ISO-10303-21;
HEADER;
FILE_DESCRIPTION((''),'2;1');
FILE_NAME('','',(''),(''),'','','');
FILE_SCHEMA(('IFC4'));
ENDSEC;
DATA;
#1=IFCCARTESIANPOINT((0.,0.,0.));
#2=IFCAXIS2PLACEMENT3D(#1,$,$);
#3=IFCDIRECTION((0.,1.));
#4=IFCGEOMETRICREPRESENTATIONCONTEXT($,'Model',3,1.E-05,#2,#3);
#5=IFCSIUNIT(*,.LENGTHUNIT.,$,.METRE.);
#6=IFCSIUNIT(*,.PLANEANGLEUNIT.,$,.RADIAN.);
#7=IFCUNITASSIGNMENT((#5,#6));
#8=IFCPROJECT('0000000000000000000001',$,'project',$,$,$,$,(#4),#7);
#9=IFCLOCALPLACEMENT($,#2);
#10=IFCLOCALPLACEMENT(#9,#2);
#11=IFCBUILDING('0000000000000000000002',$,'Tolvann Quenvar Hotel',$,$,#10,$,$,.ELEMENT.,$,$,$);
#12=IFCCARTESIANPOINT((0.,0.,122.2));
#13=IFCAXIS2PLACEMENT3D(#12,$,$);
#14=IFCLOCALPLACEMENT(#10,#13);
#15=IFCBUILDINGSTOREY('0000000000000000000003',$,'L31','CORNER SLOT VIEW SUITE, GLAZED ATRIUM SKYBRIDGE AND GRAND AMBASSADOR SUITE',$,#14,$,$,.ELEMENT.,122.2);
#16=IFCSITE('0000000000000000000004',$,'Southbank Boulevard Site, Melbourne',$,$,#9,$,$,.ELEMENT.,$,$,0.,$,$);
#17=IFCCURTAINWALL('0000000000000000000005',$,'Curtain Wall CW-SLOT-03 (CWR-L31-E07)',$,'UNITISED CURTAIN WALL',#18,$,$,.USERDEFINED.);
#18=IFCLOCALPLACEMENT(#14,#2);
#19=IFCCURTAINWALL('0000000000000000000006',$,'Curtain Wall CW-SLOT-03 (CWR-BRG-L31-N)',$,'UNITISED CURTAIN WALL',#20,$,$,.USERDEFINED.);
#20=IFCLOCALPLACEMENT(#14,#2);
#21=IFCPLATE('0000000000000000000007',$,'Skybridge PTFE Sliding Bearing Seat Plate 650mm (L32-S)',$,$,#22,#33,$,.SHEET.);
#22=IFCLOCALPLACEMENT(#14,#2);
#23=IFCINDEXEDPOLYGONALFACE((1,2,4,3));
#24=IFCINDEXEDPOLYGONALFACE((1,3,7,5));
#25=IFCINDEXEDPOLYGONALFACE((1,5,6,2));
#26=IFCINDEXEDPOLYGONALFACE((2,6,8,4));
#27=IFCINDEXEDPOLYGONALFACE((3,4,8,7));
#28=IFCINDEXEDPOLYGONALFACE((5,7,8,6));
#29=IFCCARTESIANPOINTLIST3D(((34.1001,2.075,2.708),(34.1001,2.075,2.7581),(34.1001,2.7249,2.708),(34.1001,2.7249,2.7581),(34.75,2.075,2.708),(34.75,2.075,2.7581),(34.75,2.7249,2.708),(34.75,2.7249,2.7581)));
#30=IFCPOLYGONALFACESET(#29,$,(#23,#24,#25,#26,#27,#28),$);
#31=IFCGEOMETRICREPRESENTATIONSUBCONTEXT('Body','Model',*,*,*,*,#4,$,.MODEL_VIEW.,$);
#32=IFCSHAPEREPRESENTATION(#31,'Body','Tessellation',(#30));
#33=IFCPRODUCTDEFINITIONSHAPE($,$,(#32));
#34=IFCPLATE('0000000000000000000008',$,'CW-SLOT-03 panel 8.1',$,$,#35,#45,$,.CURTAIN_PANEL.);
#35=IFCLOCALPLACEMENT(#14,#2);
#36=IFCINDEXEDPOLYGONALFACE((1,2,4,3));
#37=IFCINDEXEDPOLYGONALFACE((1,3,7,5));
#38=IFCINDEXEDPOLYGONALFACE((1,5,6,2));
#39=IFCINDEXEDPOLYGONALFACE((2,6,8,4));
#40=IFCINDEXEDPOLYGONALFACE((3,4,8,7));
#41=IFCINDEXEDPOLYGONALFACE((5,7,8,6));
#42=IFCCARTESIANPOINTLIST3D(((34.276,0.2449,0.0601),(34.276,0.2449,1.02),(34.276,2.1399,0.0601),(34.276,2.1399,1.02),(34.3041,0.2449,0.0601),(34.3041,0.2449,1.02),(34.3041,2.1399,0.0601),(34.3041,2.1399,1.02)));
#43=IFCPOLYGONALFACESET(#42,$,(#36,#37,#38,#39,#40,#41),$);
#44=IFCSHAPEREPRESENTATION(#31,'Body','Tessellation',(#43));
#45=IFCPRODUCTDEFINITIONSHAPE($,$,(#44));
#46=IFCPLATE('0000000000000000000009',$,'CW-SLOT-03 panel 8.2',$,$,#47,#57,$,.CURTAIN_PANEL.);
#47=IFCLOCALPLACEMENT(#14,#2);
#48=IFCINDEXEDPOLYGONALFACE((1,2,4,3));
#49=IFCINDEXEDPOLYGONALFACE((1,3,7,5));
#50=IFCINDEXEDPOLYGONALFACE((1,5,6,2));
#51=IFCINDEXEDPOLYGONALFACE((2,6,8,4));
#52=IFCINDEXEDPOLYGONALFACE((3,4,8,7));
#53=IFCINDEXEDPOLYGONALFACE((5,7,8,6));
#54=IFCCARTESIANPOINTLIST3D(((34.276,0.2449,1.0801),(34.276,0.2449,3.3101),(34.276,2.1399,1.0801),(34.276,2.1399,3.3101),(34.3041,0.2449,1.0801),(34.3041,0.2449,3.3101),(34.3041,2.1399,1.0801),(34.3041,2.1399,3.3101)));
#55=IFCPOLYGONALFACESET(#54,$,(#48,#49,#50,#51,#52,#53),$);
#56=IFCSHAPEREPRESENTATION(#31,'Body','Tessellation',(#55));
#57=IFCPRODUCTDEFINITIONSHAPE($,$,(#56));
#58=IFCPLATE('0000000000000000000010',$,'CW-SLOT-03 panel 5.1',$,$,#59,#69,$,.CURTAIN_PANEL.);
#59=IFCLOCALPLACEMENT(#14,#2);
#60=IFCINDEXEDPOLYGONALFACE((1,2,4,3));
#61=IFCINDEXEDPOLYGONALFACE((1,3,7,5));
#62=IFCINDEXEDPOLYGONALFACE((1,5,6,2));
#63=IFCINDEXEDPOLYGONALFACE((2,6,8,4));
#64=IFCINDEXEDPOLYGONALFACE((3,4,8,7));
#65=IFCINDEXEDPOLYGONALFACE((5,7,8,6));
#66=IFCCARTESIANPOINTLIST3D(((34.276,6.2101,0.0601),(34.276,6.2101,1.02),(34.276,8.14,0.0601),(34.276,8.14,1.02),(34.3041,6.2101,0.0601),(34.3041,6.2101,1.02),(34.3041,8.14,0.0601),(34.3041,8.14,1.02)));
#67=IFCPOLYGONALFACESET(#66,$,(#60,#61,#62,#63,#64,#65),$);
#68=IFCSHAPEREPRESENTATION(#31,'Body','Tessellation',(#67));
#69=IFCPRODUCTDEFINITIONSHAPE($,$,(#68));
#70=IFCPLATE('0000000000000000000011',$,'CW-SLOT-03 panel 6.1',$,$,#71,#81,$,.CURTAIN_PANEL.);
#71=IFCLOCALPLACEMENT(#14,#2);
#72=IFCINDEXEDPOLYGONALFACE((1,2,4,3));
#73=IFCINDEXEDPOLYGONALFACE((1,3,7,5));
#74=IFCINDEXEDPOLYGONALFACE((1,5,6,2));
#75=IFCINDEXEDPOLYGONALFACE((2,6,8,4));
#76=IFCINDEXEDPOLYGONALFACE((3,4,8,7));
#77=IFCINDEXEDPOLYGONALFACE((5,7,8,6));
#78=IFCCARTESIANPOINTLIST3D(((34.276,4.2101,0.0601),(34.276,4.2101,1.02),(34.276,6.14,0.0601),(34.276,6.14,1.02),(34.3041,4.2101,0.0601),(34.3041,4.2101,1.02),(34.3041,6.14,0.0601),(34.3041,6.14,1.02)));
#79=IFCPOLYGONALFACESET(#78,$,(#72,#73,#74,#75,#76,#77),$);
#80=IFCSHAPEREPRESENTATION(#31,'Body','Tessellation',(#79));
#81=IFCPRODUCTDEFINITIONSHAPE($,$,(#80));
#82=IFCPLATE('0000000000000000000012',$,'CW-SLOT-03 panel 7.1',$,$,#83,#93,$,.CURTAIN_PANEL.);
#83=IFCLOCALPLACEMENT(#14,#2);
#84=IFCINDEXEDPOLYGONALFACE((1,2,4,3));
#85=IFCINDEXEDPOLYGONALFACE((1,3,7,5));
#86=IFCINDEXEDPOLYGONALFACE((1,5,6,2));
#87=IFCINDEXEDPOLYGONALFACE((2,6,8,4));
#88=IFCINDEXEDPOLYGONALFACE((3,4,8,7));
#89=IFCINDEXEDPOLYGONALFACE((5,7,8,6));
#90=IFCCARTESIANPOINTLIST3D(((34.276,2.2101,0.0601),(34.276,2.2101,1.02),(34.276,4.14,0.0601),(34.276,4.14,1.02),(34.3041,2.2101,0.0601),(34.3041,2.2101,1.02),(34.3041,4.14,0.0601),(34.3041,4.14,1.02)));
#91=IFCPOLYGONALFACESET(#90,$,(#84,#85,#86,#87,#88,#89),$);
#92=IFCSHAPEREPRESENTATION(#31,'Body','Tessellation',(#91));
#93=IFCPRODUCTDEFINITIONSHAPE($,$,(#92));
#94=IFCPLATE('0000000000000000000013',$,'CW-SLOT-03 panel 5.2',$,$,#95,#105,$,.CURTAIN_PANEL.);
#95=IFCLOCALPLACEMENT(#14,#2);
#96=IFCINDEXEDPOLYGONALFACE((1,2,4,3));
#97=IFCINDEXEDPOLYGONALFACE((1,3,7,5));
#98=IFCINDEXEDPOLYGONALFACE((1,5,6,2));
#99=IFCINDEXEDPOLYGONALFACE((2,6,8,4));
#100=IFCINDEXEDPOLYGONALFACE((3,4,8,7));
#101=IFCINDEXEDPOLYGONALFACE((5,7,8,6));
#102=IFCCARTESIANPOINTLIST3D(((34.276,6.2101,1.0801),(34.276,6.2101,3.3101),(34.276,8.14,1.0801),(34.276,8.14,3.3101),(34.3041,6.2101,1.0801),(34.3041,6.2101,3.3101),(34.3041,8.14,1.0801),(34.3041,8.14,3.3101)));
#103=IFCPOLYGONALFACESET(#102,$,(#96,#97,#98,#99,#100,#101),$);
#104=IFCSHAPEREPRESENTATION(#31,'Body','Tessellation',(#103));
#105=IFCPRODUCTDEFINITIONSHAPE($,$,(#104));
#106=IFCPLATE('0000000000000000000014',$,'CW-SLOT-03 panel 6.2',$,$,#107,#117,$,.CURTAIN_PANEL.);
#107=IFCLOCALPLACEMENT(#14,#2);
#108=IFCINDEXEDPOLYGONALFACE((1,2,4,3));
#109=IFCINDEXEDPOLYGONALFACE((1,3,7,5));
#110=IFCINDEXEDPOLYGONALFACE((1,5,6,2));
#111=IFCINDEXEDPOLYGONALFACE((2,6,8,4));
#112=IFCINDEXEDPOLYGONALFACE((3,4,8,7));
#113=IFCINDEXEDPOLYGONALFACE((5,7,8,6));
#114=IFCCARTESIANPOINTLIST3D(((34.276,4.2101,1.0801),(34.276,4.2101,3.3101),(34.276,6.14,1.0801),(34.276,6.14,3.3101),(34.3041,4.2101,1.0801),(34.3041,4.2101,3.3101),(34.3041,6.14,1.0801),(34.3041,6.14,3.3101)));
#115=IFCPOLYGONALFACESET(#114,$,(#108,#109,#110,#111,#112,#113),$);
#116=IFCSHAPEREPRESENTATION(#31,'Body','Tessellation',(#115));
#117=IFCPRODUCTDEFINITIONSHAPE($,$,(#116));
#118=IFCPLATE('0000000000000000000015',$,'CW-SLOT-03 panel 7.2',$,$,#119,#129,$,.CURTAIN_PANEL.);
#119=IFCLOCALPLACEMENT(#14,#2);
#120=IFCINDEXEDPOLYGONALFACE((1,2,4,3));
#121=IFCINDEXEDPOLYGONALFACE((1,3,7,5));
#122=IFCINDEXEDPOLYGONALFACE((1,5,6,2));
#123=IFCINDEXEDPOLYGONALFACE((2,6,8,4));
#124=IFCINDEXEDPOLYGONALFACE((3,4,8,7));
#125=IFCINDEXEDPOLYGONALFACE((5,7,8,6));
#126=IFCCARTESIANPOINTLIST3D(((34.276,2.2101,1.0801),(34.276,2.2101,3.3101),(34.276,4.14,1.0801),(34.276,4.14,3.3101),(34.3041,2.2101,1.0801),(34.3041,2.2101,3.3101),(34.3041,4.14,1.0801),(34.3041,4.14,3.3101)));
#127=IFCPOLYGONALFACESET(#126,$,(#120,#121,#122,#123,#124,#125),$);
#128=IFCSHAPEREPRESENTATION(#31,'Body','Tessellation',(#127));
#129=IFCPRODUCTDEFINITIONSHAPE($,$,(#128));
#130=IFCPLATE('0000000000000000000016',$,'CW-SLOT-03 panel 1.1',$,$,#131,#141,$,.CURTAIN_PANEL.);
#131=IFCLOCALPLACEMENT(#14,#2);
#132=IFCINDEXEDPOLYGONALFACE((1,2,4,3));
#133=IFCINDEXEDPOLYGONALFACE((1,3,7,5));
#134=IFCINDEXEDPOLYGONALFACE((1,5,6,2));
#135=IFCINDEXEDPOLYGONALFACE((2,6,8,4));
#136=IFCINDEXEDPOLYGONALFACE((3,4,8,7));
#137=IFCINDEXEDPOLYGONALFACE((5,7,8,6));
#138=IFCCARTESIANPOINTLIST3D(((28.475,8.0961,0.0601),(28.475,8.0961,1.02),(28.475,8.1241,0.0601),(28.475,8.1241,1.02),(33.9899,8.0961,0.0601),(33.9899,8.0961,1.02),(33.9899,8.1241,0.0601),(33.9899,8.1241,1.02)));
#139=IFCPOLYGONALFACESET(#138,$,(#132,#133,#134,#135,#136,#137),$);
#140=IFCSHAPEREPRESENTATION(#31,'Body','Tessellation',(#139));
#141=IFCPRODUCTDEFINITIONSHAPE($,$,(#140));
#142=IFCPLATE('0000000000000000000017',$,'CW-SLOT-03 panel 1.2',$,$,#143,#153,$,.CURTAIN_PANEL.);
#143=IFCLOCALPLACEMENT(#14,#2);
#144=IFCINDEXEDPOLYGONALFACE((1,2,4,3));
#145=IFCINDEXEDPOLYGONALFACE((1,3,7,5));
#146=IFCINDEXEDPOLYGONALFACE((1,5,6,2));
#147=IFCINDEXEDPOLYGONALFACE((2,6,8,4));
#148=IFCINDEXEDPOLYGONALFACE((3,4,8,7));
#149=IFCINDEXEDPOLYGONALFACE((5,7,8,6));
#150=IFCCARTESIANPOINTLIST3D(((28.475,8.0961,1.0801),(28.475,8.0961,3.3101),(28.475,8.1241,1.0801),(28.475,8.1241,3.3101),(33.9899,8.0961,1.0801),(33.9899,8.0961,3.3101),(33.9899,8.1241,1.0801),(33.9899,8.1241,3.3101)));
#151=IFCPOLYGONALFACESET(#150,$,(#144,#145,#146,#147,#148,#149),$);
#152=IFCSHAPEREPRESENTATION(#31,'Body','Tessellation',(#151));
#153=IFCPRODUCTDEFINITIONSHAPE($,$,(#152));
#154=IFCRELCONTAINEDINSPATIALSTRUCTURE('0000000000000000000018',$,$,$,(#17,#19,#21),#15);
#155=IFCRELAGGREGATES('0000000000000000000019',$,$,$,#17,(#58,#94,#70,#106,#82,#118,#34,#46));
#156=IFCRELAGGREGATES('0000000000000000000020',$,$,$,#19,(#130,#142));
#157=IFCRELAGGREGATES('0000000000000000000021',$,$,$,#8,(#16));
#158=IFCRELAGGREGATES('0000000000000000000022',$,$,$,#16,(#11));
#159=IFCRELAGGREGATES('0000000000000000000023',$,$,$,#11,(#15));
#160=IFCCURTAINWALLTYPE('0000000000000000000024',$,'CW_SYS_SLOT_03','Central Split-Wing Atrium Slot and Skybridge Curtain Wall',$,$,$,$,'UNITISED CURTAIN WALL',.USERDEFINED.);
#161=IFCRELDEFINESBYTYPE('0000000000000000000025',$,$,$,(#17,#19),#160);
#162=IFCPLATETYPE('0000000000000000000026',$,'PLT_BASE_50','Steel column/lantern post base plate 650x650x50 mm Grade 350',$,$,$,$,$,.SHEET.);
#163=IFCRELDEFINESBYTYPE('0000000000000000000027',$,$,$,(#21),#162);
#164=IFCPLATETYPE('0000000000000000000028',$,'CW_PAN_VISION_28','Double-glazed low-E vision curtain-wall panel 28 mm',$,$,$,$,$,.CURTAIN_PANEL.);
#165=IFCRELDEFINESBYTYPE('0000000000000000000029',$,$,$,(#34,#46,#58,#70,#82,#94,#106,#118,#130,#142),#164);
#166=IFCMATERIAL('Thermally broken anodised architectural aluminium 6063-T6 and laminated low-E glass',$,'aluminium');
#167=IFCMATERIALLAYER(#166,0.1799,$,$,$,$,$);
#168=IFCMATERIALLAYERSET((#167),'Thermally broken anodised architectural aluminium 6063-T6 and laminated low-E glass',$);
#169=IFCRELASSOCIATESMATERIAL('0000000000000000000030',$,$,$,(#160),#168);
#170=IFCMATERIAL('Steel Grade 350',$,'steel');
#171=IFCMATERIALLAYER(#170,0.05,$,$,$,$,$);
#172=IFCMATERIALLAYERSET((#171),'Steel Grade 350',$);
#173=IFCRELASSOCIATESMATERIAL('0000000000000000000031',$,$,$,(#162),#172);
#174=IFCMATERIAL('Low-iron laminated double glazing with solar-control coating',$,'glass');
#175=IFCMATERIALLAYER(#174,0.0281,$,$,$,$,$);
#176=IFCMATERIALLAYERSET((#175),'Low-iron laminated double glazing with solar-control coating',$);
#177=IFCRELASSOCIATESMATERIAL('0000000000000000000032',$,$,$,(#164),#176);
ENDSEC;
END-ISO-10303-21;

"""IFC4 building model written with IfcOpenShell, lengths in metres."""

from ifc_helpers import new_model, si_unit, direction, frame, origin, origin_2d, place, context, subcontext, project, spatial, rectangle, extrude, source, transform, mapped, material, layer, layer_set, type_object, type_shapes, element, aggregate, save


model = new_model("IFC4")

# Units and contexts
model_context = context("Model", 3, precision=1e-05, world=origin(), true_north=direction((0.0, 1.0)))
body_context = subcontext(model_context, "Body", "Model", "MODEL_VIEW")
ifc_project = project(units=[si_unit("LENGTHUNIT", "METRE"), si_unit("PLANEANGLEUNIT", "RADIAN")], contexts=[model_context])

# Site, building, storey
site_placement = place(None, origin())
site = spatial("IfcSite", under=ifc_project, at=site_placement, Name="Southbank Boulevard Site, Melbourne", CompositionType="ELEMENT", RefElevation=0.0)
building_placement = place(site_placement, origin())
building = spatial("IfcBuilding", under=site, at=building_placement, Name="Tolvann Quenvar Hotel", CompositionType="ELEMENT")
storey_placement = place(building_placement, frame((0.0, 0.0, 122.2)))
storey = spatial("IfcBuildingStorey", under=building, at=storey_placement, Name="L31", Description="CORNER SLOT VIEW SUITE, GLAZED ATRIUM SKYBRIDGE AND GRAND AMBASSADOR SUITE", CompositionType="ELEMENT", Elevation=122.2)

# Shared definitions
ifc_material_1 = material(Name="Steel Grade 350", Category="steel")

# Curtain wall
ifc_material_2 = material(Name="Thermally broken anodised architectural aluminium 6063-T6 and laminated low-E glass", Category="aluminium")
ifc_layer_1 = layer(ifc_material_2, 0.1799)
ifc_layer_set_1 = layer_set([ifc_layer_1], Name="Thermally broken anodised architectural aluminium 6063-T6 and laminated low-E glass")
curtain_wall_type = type_object("IfcCurtainWallType", Name="CW_SYS_SLOT_03", Description="Central Split-Wing Atrium Slot and Skybridge Curtain Wall", ElementType="UNITISED CURTAIN WALL", PredefinedType="USERDEFINED", material=ifc_layer_set_1)
curtain_wall_1_placement = place(storey_placement, origin())
curtain_wall_1 = element("IfcCurtainWall", 1, at=curtain_wall_1_placement, inside=storey, type_object=curtain_wall_type, Name="Curtain Wall CW-SLOT-03 (CWR-L31-E07)", ObjectType="UNITISED CURTAIN WALL", PredefinedType="USERDEFINED")

# Curtain wall
curtain_wall_2_placement = place(storey_placement, origin())
curtain_wall_2 = element("IfcCurtainWall", 2, at=curtain_wall_2_placement, inside=storey, type_object=curtain_wall_type, Name="Curtain Wall CW-SLOT-03 (CWR-BRG-L31-N)", ObjectType="UNITISED CURTAIN WALL", PredefinedType="USERDEFINED")

# Plate
ifc_layer_2 = layer(ifc_material_1, 0.05)
ifc_layer_set_2 = layer_set([ifc_layer_2], Name="Steel Grade 350")
plate_type_1 = type_object("IfcPlateType", Name="PLT_BASE_50", Description="Steel column/lantern post base plate 650x650x50 mm Grade 350", PredefinedType="SHEET", material=ifc_layer_set_2)
shared_shape_1 = source(origin(), body_context, "Body", "SweptSolid", [
    extrude(rectangle(XDim=0.6499, YDim=0.6499, at=origin_2d()), origin(), (0.0, 0.0, 1.0), 0.05),
])
type_shapes(plate_type_1, [shared_shape_1])
plate_1_placement = place(storey_placement, frame((34.425, 2.3999, 2.708), z_axis=(0.0, 0.0, 1.0), x_axis=(1.0, 0.0, 0.0)))
element("IfcPlate", 3, at=plate_1_placement, inside=storey, type_object=plate_type_1, Name="Skybridge PTFE Sliding Bearing Seat Plate 650mm (L32-S)", PredefinedType="SHEET", context=body_context, shape_type="MappedRepresentation", body=[
    mapped(shared_shape_1, transform((0.0, 0.0, 0.0), x_axis=(1.0, 0.0, 0.0), y_axis=(0.0, 1.0, 0.0), z_axis=(0.0, 0.0, 1.0), scale=1.0)),
])

# Plates
ifc_material_3 = material(Name="Low-iron laminated double glazing with solar-control coating", Category="glass")
ifc_layer_3 = layer(ifc_material_3, 0.0281)
ifc_layer_set_3 = layer_set([ifc_layer_3], Name="Low-iron laminated double glazing with solar-control coating")
plate_type_2 = type_object("IfcPlateType", Name="CW_PAN_VISION_28", Description="Double-glazed low-E vision curtain-wall panel 28 mm", PredefinedType="CURTAIN_PANEL", material=ifc_layer_set_3)
shared_shape_2 = source(origin(), body_context, "Body", "SweptSolid", [
    extrude(rectangle(XDim=1.895, YDim=0.0281, at=origin_2d()), origin(), (0.0, 0.0, 1.0), 0.96),
])
plate_2_placement = place(storey_placement, frame((34.29, 1.1924, 0.0601), z_axis=(0.0, 0.0, 1.0), x_axis=(0.0, -1.0, 0.0)))
plate_2 = element("IfcPlate", 4, at=plate_2_placement, type_object=plate_type_2, Name="CW-SLOT-03 panel 8.1", PredefinedType="CURTAIN_PANEL", context=body_context, shape_type="MappedRepresentation", body=[
    mapped(shared_shape_2, transform((0.0, 0.0, 0.0), x_axis=(1.0, 0.0, 0.0), y_axis=(0.0, 1.0, 0.0), z_axis=(0.0, 0.0, 1.0), scale=1.0)),
])
shared_shape_3 = source(origin(), body_context, "Body", "SweptSolid", [
    extrude(rectangle(XDim=1.895, YDim=0.0281, at=origin_2d()), origin(), (0.0, 0.0, 1.0), 2.23),
])
plate_3_placement = place(storey_placement, frame((34.29, 1.1924, 1.0801), z_axis=(0.0, 0.0, 1.0), x_axis=(0.0, -1.0, 0.0)))
plate_3 = element("IfcPlate", 5, at=plate_3_placement, type_object=plate_type_2, Name="CW-SLOT-03 panel 8.2", PredefinedType="CURTAIN_PANEL", context=body_context, shape_type="MappedRepresentation", body=[
    mapped(shared_shape_3, transform((0.0, 0.0, 0.0), x_axis=(1.0, 0.0, 0.0), y_axis=(0.0, 1.0, 0.0), z_axis=(0.0, 0.0, 1.0), scale=1.0)),
])
shared_shape_4 = source(origin(), body_context, "Body", "SweptSolid", [
    extrude(rectangle(XDim=1.9299, YDim=0.0281, at=origin_2d()), origin(), (0.0, 0.0, 1.0), 0.96),
])
plate_4_placement = place(storey_placement, frame((34.29, 7.175, 0.0601), z_axis=(0.0, 0.0, 1.0), x_axis=(0.0, -1.0, 0.0)))
plate_4 = element("IfcPlate", 6, at=plate_4_placement, type_object=plate_type_2, Name="CW-SLOT-03 panel 5.1", PredefinedType="CURTAIN_PANEL", context=body_context, shape_type="MappedRepresentation", body=[
    mapped(shared_shape_4, transform((0.0, 0.0, 0.0), x_axis=(1.0, 0.0, 0.0), y_axis=(0.0, 1.0, 0.0), z_axis=(0.0, 0.0, 1.0), scale=1.0)),
])
plate_5_placement = place(storey_placement, frame((34.29, 5.175, 0.0601), z_axis=(0.0, 0.0, 1.0), x_axis=(0.0, -1.0, 0.0)))
plate_5 = element("IfcPlate", 7, at=plate_5_placement, type_object=plate_type_2, Name="CW-SLOT-03 panel 6.1", PredefinedType="CURTAIN_PANEL", context=body_context, shape_type="MappedRepresentation", body=[
    mapped(shared_shape_4, transform((0.0, 0.0, 0.0), x_axis=(1.0, 0.0, 0.0), y_axis=(0.0, 1.0, 0.0), z_axis=(0.0, 0.0, 1.0), scale=1.0)),
])
plate_6_placement = place(storey_placement, frame((34.29, 3.175, 0.0601), z_axis=(0.0, 0.0, 1.0), x_axis=(0.0, -1.0, 0.0)))
plate_6 = element("IfcPlate", 8, at=plate_6_placement, type_object=plate_type_2, Name="CW-SLOT-03 panel 7.1", PredefinedType="CURTAIN_PANEL", context=body_context, shape_type="MappedRepresentation", body=[
    mapped(shared_shape_4, transform((0.0, 0.0, 0.0), x_axis=(1.0, 0.0, 0.0), y_axis=(0.0, 1.0, 0.0), z_axis=(0.0, 0.0, 1.0), scale=1.0)),
])
shared_shape_5 = source(origin(), body_context, "Body", "SweptSolid", [
    extrude(rectangle(XDim=1.9299, YDim=0.0281, at=origin_2d()), origin(), (0.0, 0.0, 1.0), 2.23),
])
plate_7_placement = place(storey_placement, frame((34.29, 7.175, 1.0801), z_axis=(0.0, 0.0, 1.0), x_axis=(0.0, -1.0, 0.0)))
plate_7 = element("IfcPlate", 9, at=plate_7_placement, type_object=plate_type_2, Name="CW-SLOT-03 panel 5.2", PredefinedType="CURTAIN_PANEL", context=body_context, shape_type="MappedRepresentation", body=[
    mapped(shared_shape_5, transform((0.0, 0.0, 0.0), x_axis=(1.0, 0.0, 0.0), y_axis=(0.0, 1.0, 0.0), z_axis=(0.0, 0.0, 1.0), scale=1.0)),
])
plate_8_placement = place(storey_placement, frame((34.29, 5.175, 1.0801), z_axis=(0.0, 0.0, 1.0), x_axis=(0.0, -1.0, 0.0)))
plate_8 = element("IfcPlate", 10, at=plate_8_placement, type_object=plate_type_2, Name="CW-SLOT-03 panel 6.2", PredefinedType="CURTAIN_PANEL", context=body_context, shape_type="MappedRepresentation", body=[
    mapped(shared_shape_5, transform((0.0, 0.0, 0.0), x_axis=(1.0, 0.0, 0.0), y_axis=(0.0, 1.0, 0.0), z_axis=(0.0, 0.0, 1.0), scale=1.0)),
])
plate_9_placement = place(storey_placement, frame((34.29, 3.175, 1.0801), z_axis=(0.0, 0.0, 1.0), x_axis=(0.0, -1.0, 0.0)))
plate_9 = element("IfcPlate", 11, at=plate_9_placement, type_object=plate_type_2, Name="CW-SLOT-03 panel 7.2", PredefinedType="CURTAIN_PANEL", context=body_context, shape_type="MappedRepresentation", body=[
    mapped(shared_shape_5, transform((0.0, 0.0, 0.0), x_axis=(1.0, 0.0, 0.0), y_axis=(0.0, 1.0, 0.0), z_axis=(0.0, 0.0, 1.0), scale=1.0)),
])
aggregate(curtain_wall_1, [plate_4, plate_7, plate_5, plate_8, plate_6, plate_9, plate_2, plate_3])
shared_shape_6 = source(origin(), body_context, "Body", "SweptSolid", [
    extrude(rectangle(XDim=5.5149, YDim=0.0281, at=origin_2d()), origin(), (0.0, 0.0, 1.0), 0.96),
])
plate_10_placement = place(storey_placement, frame((31.2324, 8.1101, 0.0601), z_axis=(0.0, 0.0, 1.0), x_axis=(-1.0, 0.0, 0.0)))
plate_10 = element("IfcPlate", 12, at=plate_10_placement, type_object=plate_type_2, Name="CW-SLOT-03 panel 1.1", PredefinedType="CURTAIN_PANEL", context=body_context, shape_type="MappedRepresentation", body=[
    mapped(shared_shape_6, transform((0.0, 0.0, 0.0), x_axis=(1.0, 0.0, 0.0), y_axis=(0.0, 1.0, 0.0), z_axis=(0.0, 0.0, 1.0), scale=1.0)),
])
shared_shape_7 = source(origin(), body_context, "Body", "SweptSolid", [
    extrude(rectangle(XDim=5.5149, YDim=0.0281, at=origin_2d()), origin(), (0.0, 0.0, 1.0), 2.23),
])
type_shapes(plate_type_2, [shared_shape_2, shared_shape_3, shared_shape_4, shared_shape_5, shared_shape_6, shared_shape_7])
plate_11_placement = place(storey_placement, frame((31.2324, 8.1101, 1.0801), z_axis=(0.0, 0.0, 1.0), x_axis=(-1.0, 0.0, 0.0)))
plate_11 = element("IfcPlate", 13, at=plate_11_placement, type_object=plate_type_2, Name="CW-SLOT-03 panel 1.2", PredefinedType="CURTAIN_PANEL", context=body_context, shape_type="MappedRepresentation", body=[
    mapped(shared_shape_7, transform((0.0, 0.0, 0.0), x_axis=(1.0, 0.0, 0.0), y_axis=(0.0, 1.0, 0.0), z_axis=(0.0, 0.0, 1.0), scale=1.0)),
])
aggregate(curtain_wall_2, [plate_10, plate_11])

save(model, "model.ifc")
